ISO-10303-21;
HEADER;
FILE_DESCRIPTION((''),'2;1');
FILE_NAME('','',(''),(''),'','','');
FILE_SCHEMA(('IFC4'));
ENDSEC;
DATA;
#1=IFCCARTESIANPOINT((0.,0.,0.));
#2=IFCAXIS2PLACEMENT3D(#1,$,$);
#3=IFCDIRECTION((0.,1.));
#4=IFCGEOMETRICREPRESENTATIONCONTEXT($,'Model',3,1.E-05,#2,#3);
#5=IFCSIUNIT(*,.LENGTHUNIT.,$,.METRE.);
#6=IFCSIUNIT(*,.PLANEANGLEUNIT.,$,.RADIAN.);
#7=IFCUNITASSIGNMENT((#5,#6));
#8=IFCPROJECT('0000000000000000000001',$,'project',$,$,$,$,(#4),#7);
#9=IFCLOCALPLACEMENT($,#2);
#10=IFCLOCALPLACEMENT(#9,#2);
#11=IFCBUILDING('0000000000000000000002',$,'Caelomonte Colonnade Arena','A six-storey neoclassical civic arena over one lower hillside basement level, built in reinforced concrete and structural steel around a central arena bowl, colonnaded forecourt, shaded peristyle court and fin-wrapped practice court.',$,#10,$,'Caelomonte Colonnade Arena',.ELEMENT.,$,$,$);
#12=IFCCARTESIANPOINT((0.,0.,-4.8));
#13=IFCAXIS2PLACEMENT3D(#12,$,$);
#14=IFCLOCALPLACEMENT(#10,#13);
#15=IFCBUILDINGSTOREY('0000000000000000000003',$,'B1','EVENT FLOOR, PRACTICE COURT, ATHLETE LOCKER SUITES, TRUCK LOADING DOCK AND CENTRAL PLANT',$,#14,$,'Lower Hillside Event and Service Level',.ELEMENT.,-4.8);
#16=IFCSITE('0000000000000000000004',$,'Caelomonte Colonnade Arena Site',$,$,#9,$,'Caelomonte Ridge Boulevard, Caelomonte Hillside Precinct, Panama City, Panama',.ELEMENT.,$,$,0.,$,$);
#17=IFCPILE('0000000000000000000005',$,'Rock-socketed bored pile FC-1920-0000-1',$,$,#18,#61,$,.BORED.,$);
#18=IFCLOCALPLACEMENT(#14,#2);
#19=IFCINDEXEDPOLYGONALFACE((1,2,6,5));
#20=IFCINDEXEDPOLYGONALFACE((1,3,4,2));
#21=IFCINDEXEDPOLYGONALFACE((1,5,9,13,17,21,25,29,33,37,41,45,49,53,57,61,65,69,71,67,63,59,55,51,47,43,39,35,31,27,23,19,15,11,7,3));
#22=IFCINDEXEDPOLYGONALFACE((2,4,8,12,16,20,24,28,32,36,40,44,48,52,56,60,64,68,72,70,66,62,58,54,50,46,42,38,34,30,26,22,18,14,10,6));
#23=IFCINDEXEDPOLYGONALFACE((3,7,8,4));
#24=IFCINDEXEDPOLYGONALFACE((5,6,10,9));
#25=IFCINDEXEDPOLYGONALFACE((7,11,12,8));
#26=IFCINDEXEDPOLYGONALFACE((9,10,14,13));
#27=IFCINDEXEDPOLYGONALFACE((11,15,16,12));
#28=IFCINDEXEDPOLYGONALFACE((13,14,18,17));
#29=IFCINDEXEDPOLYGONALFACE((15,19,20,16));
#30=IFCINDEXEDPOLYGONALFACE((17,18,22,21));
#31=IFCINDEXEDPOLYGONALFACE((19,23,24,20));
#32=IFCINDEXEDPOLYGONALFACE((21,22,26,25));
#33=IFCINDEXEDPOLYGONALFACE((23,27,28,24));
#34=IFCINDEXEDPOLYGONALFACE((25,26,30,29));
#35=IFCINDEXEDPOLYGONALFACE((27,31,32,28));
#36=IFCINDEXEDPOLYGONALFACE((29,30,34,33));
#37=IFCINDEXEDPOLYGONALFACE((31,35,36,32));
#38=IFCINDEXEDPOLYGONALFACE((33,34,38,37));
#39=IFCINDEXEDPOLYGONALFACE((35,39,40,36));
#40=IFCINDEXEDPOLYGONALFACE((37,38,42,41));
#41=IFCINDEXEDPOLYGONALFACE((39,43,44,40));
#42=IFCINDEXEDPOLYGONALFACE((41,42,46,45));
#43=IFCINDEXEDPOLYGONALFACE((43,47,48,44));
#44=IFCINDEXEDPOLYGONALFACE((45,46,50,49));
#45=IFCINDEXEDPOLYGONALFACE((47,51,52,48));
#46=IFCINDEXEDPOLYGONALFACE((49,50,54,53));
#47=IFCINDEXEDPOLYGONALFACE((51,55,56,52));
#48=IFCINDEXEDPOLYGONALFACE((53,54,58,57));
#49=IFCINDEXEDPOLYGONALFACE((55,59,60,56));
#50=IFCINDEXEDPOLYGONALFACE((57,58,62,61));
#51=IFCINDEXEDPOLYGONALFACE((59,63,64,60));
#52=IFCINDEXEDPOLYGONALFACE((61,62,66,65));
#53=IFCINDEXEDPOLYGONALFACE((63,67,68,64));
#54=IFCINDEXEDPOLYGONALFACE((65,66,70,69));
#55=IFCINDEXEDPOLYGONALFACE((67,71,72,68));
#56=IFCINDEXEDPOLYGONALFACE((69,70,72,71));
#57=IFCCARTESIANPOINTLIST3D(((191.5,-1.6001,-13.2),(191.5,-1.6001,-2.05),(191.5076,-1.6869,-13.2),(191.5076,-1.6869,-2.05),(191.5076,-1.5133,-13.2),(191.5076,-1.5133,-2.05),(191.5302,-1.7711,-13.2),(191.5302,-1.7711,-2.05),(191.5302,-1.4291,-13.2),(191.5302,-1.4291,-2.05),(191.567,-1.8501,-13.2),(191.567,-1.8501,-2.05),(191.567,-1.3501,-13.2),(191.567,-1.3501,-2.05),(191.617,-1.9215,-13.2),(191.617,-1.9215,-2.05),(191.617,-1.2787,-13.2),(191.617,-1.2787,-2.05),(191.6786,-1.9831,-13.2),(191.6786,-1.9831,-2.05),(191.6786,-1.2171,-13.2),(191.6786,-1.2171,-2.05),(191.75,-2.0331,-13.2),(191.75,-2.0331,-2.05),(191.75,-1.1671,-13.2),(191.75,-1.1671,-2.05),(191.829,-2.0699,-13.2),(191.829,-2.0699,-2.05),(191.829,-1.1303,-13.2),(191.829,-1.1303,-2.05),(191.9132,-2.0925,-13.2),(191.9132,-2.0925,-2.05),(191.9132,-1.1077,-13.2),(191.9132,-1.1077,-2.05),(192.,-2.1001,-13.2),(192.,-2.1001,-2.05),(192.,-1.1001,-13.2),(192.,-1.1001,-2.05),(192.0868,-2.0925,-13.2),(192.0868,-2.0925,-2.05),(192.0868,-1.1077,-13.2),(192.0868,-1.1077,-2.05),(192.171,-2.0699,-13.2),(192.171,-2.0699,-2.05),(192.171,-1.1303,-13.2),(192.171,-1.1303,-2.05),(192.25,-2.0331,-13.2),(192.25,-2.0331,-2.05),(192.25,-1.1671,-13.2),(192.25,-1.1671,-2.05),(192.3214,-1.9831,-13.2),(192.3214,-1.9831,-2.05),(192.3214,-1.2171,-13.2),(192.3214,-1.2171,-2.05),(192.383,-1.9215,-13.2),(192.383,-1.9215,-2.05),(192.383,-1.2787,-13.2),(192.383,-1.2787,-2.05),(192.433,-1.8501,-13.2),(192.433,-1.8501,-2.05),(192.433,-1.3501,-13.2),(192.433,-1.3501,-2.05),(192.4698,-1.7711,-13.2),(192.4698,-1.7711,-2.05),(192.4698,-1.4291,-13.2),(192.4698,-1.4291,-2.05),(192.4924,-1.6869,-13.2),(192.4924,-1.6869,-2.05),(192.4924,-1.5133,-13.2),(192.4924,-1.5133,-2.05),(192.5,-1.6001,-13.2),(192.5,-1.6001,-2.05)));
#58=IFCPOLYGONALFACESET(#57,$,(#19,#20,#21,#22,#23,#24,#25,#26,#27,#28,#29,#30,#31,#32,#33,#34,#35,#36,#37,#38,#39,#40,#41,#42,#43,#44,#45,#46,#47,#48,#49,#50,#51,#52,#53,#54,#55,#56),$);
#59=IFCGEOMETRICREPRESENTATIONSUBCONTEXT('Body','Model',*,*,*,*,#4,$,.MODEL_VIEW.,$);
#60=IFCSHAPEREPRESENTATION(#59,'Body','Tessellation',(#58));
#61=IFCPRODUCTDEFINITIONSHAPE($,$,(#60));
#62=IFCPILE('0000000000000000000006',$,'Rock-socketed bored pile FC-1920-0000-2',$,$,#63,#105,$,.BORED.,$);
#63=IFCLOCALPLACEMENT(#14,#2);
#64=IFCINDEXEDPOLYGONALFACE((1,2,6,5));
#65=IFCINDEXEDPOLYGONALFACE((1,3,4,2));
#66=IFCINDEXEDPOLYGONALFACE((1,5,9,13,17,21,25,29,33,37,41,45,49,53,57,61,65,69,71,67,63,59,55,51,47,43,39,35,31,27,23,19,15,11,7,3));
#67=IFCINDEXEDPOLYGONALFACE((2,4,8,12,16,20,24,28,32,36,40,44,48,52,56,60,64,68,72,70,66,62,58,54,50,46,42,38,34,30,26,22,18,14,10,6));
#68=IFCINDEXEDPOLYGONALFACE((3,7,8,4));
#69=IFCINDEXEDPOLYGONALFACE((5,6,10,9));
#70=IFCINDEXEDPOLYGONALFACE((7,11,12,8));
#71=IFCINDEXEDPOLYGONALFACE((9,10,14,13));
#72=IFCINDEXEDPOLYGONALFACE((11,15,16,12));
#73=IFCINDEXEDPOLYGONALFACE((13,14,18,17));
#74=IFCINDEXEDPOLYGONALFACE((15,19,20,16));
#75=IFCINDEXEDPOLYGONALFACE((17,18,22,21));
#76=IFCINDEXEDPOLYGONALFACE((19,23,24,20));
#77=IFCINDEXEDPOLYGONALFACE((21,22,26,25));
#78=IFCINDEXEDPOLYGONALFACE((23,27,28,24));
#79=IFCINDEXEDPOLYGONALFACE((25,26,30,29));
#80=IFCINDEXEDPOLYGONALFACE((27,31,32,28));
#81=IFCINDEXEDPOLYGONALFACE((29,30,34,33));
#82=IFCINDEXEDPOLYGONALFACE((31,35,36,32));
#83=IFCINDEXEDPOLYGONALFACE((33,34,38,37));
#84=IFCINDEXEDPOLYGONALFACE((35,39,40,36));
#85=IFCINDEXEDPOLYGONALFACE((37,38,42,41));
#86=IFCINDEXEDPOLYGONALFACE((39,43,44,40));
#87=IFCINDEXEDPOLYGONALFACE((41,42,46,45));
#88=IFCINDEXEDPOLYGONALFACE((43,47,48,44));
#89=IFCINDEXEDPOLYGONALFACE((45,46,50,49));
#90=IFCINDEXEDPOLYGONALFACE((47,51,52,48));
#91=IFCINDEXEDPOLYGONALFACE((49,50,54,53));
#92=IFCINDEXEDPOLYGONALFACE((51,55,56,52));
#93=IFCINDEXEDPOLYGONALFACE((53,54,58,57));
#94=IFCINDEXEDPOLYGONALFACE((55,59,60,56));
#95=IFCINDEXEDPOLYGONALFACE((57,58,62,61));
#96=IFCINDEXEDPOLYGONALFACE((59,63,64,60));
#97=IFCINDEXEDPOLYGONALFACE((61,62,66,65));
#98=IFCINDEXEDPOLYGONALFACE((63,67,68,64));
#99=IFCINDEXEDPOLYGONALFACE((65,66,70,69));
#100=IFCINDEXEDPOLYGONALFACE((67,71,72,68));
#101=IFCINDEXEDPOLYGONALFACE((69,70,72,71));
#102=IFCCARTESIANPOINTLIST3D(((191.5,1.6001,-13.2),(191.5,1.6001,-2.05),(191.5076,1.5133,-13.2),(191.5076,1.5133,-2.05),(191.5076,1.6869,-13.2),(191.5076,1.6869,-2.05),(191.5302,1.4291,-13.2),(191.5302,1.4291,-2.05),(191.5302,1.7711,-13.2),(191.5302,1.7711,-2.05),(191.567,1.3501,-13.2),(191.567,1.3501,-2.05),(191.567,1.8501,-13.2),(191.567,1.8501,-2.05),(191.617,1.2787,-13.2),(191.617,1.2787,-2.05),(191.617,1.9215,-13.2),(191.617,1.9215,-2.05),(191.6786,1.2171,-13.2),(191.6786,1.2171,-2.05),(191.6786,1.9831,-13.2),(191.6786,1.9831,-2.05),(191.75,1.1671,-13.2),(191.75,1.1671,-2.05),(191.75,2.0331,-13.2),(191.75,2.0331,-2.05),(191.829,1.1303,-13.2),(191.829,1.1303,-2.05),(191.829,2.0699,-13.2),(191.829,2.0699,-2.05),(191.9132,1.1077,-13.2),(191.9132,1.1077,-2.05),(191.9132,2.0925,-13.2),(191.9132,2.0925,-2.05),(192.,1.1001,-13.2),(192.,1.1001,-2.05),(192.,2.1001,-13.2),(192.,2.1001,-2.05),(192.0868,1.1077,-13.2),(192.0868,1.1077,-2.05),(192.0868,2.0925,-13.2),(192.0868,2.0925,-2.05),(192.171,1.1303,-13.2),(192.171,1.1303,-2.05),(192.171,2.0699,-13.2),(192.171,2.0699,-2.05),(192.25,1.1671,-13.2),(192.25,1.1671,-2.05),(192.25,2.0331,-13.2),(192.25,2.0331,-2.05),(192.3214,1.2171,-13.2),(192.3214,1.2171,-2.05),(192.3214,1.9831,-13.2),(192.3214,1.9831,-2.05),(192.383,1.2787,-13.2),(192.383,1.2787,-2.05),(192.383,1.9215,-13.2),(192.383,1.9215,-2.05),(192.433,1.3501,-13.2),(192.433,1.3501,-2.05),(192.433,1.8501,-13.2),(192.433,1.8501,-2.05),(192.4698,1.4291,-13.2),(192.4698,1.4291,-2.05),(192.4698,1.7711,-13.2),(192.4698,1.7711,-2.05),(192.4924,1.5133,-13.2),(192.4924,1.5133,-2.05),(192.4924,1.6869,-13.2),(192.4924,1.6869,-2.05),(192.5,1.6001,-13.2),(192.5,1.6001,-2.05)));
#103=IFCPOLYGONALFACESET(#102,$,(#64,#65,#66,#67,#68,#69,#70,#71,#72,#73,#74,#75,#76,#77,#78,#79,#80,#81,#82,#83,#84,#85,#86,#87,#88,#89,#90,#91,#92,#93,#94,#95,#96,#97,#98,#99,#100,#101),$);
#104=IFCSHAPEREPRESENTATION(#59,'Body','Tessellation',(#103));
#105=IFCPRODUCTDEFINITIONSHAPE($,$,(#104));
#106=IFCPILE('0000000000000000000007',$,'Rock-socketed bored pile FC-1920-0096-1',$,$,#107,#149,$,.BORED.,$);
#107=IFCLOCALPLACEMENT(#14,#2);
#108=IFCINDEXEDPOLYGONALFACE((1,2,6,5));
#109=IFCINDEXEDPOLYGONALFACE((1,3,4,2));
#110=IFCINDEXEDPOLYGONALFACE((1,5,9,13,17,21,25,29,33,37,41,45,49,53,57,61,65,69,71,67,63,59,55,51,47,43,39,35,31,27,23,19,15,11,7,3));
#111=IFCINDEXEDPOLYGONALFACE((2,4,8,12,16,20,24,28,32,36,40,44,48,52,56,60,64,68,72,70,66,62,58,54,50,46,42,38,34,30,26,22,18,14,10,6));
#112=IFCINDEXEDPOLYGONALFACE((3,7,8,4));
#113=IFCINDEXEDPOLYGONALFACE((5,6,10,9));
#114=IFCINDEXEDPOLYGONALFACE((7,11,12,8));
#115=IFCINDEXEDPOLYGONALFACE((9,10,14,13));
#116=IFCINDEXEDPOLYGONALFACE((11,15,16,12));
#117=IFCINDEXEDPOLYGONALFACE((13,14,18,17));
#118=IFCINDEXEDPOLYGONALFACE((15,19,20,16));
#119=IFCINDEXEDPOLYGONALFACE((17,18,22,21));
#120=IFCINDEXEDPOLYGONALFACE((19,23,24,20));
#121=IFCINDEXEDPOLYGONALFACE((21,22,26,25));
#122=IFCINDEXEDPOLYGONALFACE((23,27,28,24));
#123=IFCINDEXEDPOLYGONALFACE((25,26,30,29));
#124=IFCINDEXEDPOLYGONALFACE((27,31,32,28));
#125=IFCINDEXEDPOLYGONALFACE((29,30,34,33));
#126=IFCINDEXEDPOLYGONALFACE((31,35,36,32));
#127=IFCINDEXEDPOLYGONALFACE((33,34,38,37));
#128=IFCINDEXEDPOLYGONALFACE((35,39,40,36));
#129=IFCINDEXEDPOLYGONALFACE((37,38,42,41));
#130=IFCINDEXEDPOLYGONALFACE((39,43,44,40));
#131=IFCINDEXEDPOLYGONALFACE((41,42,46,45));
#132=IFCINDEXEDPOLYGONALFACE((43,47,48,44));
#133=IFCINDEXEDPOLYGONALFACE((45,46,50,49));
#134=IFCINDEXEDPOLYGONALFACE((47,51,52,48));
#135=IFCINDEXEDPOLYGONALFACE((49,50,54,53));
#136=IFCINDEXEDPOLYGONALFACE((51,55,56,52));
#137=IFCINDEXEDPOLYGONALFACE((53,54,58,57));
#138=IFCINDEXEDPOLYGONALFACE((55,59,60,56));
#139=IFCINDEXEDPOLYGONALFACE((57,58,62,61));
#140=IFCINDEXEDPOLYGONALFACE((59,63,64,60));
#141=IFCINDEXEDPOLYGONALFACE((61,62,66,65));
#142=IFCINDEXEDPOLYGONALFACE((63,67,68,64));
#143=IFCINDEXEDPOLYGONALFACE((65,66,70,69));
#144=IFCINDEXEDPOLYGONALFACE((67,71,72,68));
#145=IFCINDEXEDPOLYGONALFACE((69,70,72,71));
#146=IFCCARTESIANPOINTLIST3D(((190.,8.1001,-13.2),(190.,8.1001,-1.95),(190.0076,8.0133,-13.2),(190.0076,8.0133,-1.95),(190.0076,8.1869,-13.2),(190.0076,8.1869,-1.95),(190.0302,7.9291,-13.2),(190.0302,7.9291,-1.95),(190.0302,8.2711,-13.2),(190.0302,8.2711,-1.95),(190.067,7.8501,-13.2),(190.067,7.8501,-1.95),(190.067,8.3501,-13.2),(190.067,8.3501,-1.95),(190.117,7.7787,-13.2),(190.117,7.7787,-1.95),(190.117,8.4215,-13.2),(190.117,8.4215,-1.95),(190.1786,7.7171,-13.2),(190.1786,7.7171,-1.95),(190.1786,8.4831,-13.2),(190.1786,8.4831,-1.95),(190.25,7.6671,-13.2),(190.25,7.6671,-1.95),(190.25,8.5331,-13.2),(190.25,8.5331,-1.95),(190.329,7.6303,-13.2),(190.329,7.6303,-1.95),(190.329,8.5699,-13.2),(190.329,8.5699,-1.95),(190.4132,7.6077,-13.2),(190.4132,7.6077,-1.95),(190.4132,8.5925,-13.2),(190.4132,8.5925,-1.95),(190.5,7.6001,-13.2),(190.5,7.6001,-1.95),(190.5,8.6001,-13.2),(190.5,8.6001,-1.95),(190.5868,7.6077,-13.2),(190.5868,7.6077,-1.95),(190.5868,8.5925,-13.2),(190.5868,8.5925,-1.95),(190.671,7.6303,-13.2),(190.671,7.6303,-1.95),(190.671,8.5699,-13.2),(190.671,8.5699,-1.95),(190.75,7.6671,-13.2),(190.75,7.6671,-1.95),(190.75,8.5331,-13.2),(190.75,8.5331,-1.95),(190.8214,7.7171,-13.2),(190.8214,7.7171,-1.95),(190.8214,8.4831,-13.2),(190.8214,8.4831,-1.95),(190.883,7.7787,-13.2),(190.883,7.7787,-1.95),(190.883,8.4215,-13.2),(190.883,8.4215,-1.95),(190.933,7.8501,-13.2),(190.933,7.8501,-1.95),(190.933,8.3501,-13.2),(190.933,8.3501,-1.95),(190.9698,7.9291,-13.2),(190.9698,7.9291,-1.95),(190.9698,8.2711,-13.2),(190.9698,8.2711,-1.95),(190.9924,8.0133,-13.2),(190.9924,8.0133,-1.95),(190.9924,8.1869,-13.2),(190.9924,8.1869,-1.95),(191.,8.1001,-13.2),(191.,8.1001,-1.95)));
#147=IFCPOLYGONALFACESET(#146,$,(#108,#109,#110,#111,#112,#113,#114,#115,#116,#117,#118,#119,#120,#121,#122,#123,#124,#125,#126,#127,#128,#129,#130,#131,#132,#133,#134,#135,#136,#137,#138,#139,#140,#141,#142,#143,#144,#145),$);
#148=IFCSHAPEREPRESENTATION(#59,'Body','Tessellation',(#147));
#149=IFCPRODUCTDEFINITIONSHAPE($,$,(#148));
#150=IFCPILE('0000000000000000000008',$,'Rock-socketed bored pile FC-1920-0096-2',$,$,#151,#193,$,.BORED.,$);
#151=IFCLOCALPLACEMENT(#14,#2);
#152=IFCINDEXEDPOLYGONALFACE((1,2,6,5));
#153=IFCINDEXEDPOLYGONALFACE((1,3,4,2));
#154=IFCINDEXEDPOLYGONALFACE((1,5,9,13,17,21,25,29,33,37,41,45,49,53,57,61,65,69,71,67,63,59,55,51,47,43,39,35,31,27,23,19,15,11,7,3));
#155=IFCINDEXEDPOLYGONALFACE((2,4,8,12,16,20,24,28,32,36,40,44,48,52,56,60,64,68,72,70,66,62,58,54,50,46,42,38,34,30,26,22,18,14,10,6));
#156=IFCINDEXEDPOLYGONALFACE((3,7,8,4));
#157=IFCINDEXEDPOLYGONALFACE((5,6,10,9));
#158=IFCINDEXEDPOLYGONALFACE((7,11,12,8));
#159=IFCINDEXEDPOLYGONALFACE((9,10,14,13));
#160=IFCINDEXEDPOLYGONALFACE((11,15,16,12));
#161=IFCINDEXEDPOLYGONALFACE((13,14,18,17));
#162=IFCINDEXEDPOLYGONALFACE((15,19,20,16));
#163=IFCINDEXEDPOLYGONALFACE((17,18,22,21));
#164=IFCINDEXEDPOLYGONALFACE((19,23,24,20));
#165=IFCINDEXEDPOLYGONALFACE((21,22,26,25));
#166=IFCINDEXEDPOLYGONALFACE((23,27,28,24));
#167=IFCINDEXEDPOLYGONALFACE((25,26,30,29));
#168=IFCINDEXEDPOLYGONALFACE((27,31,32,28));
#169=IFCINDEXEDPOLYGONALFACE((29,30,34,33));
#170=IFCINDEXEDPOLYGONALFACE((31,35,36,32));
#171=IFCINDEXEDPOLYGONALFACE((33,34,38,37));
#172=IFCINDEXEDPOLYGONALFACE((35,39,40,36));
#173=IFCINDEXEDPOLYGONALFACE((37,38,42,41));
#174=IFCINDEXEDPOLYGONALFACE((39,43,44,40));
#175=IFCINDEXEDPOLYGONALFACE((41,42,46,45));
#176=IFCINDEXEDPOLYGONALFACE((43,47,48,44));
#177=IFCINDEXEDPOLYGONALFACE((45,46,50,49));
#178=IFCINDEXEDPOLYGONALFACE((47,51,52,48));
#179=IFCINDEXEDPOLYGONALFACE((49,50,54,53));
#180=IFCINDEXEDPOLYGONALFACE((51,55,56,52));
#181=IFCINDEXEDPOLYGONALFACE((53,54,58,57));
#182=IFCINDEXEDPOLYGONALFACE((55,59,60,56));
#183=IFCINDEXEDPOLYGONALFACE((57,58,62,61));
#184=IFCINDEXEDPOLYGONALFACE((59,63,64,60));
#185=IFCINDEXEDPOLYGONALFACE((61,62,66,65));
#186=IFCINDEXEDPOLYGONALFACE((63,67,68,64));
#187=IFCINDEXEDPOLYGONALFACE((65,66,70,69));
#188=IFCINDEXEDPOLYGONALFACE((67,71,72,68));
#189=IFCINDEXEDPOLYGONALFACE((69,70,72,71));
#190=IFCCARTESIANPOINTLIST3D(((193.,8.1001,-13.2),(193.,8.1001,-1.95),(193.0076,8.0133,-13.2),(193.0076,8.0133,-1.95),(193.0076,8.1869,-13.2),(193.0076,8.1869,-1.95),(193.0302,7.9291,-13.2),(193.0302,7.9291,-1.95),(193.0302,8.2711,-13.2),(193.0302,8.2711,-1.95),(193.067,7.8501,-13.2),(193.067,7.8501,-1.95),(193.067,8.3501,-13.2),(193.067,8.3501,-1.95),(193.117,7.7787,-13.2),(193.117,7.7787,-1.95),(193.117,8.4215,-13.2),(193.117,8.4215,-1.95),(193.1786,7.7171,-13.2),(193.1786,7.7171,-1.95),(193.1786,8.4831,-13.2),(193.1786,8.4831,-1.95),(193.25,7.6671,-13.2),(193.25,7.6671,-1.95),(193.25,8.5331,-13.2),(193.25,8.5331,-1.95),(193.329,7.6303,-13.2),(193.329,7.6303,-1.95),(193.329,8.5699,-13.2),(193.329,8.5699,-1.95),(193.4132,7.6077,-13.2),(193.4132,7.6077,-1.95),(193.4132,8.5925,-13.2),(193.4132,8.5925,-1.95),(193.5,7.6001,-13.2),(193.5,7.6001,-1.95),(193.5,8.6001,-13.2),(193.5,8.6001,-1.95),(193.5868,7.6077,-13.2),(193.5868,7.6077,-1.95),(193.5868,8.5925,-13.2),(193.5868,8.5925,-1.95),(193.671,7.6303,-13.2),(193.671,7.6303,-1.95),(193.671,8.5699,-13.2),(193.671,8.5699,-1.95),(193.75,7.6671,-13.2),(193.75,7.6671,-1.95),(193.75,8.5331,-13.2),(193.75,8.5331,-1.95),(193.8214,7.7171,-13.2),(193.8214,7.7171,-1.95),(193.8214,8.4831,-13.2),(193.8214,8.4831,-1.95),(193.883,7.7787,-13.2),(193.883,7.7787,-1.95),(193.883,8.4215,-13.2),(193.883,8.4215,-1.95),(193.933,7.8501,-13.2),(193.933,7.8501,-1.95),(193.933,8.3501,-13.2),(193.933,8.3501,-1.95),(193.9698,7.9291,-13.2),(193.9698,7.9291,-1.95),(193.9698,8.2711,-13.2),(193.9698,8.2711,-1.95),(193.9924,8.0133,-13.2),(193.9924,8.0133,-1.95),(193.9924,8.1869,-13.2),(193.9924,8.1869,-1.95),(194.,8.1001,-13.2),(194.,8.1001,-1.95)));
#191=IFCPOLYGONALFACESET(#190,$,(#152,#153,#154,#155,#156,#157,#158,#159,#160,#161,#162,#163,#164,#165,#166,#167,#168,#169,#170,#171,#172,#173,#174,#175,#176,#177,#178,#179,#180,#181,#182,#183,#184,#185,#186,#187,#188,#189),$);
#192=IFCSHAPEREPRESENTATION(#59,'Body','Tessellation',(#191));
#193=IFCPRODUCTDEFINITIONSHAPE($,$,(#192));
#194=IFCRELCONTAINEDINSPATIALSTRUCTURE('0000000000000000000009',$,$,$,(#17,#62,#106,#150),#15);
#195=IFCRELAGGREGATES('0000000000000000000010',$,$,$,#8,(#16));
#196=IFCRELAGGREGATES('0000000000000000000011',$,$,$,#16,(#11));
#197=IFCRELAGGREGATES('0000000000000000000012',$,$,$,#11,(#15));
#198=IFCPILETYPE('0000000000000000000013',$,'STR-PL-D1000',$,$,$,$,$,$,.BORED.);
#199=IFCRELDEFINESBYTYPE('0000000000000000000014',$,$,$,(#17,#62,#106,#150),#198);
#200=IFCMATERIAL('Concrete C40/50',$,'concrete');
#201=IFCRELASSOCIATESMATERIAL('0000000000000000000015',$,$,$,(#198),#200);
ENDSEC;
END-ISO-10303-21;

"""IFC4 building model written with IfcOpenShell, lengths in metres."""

from ifc_helpers import new_model, si_unit, direction, frame, origin, origin_2d, place, context, subcontext, project, spatial, circle, extrude, material, material_profile, profile_set, type_object, element, save


model = new_model("IFC4")

# Units and contexts
model_context = context("Model", 3, precision=1e-05, world=origin(), true_north=direction((0.0, 1.0)))
body_context = subcontext(model_context, "Body", "Model", "MODEL_VIEW")
ifc_project = project(units=[si_unit("LENGTHUNIT", "METRE"), si_unit("PLANEANGLEUNIT", "RADIAN")], contexts=[model_context])

# Site, building, storey
site_placement = place(None, origin())
site = spatial("IfcSite", under=ifc_project, at=site_placement, Name="Caelomonte Colonnade Arena Site", LongName="Caelomonte Ridge Boulevard, Caelomonte Hillside Precinct, Panama City, Panama", CompositionType="ELEMENT", RefElevation=0.0)
building_placement = place(site_placement, origin())
building = spatial("IfcBuilding", under=site, at=building_placement, Name="Caelomonte Colonnade Arena", Description="A six-storey neoclassical civic arena over one lower hillside basement level, built in reinforced concrete and structural steel around a central arena bowl, colonnaded forecourt, shaded peristyle court and fin-wrapped practice court.", LongName="Caelomonte Colonnade Arena", CompositionType="ELEMENT")
storey_placement = place(building_placement, frame((0.0, 0.0, -4.8)))
storey = spatial("IfcBuildingStorey", under=building, at=storey_placement, Name="B1", Description="EVENT FLOOR, PRACTICE COURT, ATHLETE LOCKER SUITES, TRUCK LOADING DOCK AND CENTRAL PLANT", LongName="Lower Hillside Event and Service Level", CompositionType="ELEMENT", Elevation=-4.8)

# Shared definitions
ifc_material_1 = material(Name="Concrete C40/50", Category="concrete")

# Piles
ifc_material_profile_1 = material_profile(ifc_material_1, circle(Radius=0.5, at=origin_2d()), Name="PILE-D1000")
ifc_profile_set_1 = profile_set([ifc_material_profile_1], Name="Concrete C40/50")
pile_type = type_object("IfcPileType", Name="STR-PL-D1000", PredefinedType="BORED", material=ifc_profile_set_1)
for number, where, z_axis, x_axis, name in (
    (1, (192.0, -1.6001, -2.05), (0.0, 0.0, -1.0), (1.0, 0.0, 0.0), "Rock-socketed bored pile FC-1920-0000-1"),
    (2, (192.0, 1.6001, -2.05), (0.0, 0.0, -1.0), (1.0, 0.0, 0.0), "Rock-socketed bored pile FC-1920-0000-2"),
):
    element("IfcPile", number, at=place(storey_placement, frame(where, z_axis=z_axis, x_axis=x_axis)), inside=storey, type_object=pile_type, Name=name, PredefinedType="BORED", context=body_context, shape_type="SweptSolid", body=[
        extrude(circle(Radius=0.5, at=origin_2d()), origin(), (0.0, 0.0, 1.0), 11.1499),
    ])
for number, where, z_axis, x_axis, name in (
    (3, (190.5, 8.1001, -1.95), (0.0, 0.0, -1.0), (1.0, 0.0, 0.0), "Rock-socketed bored pile FC-1920-0096-1"),
    (4, (193.5, 8.1001, -1.95), (0.0, 0.0, -1.0), (1.0, 0.0, 0.0), "Rock-socketed bored pile FC-1920-0096-2"),
):
    element("IfcPile", number, at=place(storey_placement, frame(where, z_axis=z_axis, x_axis=x_axis)), inside=storey, type_object=pile_type, Name=name, PredefinedType="BORED", context=body_context, shape_type="SweptSolid", body=[
        extrude(circle(Radius=0.5, at=origin_2d()), origin(), (0.0, 0.0, 1.0), 11.25),
    ])

save(model, "model.ifc")
